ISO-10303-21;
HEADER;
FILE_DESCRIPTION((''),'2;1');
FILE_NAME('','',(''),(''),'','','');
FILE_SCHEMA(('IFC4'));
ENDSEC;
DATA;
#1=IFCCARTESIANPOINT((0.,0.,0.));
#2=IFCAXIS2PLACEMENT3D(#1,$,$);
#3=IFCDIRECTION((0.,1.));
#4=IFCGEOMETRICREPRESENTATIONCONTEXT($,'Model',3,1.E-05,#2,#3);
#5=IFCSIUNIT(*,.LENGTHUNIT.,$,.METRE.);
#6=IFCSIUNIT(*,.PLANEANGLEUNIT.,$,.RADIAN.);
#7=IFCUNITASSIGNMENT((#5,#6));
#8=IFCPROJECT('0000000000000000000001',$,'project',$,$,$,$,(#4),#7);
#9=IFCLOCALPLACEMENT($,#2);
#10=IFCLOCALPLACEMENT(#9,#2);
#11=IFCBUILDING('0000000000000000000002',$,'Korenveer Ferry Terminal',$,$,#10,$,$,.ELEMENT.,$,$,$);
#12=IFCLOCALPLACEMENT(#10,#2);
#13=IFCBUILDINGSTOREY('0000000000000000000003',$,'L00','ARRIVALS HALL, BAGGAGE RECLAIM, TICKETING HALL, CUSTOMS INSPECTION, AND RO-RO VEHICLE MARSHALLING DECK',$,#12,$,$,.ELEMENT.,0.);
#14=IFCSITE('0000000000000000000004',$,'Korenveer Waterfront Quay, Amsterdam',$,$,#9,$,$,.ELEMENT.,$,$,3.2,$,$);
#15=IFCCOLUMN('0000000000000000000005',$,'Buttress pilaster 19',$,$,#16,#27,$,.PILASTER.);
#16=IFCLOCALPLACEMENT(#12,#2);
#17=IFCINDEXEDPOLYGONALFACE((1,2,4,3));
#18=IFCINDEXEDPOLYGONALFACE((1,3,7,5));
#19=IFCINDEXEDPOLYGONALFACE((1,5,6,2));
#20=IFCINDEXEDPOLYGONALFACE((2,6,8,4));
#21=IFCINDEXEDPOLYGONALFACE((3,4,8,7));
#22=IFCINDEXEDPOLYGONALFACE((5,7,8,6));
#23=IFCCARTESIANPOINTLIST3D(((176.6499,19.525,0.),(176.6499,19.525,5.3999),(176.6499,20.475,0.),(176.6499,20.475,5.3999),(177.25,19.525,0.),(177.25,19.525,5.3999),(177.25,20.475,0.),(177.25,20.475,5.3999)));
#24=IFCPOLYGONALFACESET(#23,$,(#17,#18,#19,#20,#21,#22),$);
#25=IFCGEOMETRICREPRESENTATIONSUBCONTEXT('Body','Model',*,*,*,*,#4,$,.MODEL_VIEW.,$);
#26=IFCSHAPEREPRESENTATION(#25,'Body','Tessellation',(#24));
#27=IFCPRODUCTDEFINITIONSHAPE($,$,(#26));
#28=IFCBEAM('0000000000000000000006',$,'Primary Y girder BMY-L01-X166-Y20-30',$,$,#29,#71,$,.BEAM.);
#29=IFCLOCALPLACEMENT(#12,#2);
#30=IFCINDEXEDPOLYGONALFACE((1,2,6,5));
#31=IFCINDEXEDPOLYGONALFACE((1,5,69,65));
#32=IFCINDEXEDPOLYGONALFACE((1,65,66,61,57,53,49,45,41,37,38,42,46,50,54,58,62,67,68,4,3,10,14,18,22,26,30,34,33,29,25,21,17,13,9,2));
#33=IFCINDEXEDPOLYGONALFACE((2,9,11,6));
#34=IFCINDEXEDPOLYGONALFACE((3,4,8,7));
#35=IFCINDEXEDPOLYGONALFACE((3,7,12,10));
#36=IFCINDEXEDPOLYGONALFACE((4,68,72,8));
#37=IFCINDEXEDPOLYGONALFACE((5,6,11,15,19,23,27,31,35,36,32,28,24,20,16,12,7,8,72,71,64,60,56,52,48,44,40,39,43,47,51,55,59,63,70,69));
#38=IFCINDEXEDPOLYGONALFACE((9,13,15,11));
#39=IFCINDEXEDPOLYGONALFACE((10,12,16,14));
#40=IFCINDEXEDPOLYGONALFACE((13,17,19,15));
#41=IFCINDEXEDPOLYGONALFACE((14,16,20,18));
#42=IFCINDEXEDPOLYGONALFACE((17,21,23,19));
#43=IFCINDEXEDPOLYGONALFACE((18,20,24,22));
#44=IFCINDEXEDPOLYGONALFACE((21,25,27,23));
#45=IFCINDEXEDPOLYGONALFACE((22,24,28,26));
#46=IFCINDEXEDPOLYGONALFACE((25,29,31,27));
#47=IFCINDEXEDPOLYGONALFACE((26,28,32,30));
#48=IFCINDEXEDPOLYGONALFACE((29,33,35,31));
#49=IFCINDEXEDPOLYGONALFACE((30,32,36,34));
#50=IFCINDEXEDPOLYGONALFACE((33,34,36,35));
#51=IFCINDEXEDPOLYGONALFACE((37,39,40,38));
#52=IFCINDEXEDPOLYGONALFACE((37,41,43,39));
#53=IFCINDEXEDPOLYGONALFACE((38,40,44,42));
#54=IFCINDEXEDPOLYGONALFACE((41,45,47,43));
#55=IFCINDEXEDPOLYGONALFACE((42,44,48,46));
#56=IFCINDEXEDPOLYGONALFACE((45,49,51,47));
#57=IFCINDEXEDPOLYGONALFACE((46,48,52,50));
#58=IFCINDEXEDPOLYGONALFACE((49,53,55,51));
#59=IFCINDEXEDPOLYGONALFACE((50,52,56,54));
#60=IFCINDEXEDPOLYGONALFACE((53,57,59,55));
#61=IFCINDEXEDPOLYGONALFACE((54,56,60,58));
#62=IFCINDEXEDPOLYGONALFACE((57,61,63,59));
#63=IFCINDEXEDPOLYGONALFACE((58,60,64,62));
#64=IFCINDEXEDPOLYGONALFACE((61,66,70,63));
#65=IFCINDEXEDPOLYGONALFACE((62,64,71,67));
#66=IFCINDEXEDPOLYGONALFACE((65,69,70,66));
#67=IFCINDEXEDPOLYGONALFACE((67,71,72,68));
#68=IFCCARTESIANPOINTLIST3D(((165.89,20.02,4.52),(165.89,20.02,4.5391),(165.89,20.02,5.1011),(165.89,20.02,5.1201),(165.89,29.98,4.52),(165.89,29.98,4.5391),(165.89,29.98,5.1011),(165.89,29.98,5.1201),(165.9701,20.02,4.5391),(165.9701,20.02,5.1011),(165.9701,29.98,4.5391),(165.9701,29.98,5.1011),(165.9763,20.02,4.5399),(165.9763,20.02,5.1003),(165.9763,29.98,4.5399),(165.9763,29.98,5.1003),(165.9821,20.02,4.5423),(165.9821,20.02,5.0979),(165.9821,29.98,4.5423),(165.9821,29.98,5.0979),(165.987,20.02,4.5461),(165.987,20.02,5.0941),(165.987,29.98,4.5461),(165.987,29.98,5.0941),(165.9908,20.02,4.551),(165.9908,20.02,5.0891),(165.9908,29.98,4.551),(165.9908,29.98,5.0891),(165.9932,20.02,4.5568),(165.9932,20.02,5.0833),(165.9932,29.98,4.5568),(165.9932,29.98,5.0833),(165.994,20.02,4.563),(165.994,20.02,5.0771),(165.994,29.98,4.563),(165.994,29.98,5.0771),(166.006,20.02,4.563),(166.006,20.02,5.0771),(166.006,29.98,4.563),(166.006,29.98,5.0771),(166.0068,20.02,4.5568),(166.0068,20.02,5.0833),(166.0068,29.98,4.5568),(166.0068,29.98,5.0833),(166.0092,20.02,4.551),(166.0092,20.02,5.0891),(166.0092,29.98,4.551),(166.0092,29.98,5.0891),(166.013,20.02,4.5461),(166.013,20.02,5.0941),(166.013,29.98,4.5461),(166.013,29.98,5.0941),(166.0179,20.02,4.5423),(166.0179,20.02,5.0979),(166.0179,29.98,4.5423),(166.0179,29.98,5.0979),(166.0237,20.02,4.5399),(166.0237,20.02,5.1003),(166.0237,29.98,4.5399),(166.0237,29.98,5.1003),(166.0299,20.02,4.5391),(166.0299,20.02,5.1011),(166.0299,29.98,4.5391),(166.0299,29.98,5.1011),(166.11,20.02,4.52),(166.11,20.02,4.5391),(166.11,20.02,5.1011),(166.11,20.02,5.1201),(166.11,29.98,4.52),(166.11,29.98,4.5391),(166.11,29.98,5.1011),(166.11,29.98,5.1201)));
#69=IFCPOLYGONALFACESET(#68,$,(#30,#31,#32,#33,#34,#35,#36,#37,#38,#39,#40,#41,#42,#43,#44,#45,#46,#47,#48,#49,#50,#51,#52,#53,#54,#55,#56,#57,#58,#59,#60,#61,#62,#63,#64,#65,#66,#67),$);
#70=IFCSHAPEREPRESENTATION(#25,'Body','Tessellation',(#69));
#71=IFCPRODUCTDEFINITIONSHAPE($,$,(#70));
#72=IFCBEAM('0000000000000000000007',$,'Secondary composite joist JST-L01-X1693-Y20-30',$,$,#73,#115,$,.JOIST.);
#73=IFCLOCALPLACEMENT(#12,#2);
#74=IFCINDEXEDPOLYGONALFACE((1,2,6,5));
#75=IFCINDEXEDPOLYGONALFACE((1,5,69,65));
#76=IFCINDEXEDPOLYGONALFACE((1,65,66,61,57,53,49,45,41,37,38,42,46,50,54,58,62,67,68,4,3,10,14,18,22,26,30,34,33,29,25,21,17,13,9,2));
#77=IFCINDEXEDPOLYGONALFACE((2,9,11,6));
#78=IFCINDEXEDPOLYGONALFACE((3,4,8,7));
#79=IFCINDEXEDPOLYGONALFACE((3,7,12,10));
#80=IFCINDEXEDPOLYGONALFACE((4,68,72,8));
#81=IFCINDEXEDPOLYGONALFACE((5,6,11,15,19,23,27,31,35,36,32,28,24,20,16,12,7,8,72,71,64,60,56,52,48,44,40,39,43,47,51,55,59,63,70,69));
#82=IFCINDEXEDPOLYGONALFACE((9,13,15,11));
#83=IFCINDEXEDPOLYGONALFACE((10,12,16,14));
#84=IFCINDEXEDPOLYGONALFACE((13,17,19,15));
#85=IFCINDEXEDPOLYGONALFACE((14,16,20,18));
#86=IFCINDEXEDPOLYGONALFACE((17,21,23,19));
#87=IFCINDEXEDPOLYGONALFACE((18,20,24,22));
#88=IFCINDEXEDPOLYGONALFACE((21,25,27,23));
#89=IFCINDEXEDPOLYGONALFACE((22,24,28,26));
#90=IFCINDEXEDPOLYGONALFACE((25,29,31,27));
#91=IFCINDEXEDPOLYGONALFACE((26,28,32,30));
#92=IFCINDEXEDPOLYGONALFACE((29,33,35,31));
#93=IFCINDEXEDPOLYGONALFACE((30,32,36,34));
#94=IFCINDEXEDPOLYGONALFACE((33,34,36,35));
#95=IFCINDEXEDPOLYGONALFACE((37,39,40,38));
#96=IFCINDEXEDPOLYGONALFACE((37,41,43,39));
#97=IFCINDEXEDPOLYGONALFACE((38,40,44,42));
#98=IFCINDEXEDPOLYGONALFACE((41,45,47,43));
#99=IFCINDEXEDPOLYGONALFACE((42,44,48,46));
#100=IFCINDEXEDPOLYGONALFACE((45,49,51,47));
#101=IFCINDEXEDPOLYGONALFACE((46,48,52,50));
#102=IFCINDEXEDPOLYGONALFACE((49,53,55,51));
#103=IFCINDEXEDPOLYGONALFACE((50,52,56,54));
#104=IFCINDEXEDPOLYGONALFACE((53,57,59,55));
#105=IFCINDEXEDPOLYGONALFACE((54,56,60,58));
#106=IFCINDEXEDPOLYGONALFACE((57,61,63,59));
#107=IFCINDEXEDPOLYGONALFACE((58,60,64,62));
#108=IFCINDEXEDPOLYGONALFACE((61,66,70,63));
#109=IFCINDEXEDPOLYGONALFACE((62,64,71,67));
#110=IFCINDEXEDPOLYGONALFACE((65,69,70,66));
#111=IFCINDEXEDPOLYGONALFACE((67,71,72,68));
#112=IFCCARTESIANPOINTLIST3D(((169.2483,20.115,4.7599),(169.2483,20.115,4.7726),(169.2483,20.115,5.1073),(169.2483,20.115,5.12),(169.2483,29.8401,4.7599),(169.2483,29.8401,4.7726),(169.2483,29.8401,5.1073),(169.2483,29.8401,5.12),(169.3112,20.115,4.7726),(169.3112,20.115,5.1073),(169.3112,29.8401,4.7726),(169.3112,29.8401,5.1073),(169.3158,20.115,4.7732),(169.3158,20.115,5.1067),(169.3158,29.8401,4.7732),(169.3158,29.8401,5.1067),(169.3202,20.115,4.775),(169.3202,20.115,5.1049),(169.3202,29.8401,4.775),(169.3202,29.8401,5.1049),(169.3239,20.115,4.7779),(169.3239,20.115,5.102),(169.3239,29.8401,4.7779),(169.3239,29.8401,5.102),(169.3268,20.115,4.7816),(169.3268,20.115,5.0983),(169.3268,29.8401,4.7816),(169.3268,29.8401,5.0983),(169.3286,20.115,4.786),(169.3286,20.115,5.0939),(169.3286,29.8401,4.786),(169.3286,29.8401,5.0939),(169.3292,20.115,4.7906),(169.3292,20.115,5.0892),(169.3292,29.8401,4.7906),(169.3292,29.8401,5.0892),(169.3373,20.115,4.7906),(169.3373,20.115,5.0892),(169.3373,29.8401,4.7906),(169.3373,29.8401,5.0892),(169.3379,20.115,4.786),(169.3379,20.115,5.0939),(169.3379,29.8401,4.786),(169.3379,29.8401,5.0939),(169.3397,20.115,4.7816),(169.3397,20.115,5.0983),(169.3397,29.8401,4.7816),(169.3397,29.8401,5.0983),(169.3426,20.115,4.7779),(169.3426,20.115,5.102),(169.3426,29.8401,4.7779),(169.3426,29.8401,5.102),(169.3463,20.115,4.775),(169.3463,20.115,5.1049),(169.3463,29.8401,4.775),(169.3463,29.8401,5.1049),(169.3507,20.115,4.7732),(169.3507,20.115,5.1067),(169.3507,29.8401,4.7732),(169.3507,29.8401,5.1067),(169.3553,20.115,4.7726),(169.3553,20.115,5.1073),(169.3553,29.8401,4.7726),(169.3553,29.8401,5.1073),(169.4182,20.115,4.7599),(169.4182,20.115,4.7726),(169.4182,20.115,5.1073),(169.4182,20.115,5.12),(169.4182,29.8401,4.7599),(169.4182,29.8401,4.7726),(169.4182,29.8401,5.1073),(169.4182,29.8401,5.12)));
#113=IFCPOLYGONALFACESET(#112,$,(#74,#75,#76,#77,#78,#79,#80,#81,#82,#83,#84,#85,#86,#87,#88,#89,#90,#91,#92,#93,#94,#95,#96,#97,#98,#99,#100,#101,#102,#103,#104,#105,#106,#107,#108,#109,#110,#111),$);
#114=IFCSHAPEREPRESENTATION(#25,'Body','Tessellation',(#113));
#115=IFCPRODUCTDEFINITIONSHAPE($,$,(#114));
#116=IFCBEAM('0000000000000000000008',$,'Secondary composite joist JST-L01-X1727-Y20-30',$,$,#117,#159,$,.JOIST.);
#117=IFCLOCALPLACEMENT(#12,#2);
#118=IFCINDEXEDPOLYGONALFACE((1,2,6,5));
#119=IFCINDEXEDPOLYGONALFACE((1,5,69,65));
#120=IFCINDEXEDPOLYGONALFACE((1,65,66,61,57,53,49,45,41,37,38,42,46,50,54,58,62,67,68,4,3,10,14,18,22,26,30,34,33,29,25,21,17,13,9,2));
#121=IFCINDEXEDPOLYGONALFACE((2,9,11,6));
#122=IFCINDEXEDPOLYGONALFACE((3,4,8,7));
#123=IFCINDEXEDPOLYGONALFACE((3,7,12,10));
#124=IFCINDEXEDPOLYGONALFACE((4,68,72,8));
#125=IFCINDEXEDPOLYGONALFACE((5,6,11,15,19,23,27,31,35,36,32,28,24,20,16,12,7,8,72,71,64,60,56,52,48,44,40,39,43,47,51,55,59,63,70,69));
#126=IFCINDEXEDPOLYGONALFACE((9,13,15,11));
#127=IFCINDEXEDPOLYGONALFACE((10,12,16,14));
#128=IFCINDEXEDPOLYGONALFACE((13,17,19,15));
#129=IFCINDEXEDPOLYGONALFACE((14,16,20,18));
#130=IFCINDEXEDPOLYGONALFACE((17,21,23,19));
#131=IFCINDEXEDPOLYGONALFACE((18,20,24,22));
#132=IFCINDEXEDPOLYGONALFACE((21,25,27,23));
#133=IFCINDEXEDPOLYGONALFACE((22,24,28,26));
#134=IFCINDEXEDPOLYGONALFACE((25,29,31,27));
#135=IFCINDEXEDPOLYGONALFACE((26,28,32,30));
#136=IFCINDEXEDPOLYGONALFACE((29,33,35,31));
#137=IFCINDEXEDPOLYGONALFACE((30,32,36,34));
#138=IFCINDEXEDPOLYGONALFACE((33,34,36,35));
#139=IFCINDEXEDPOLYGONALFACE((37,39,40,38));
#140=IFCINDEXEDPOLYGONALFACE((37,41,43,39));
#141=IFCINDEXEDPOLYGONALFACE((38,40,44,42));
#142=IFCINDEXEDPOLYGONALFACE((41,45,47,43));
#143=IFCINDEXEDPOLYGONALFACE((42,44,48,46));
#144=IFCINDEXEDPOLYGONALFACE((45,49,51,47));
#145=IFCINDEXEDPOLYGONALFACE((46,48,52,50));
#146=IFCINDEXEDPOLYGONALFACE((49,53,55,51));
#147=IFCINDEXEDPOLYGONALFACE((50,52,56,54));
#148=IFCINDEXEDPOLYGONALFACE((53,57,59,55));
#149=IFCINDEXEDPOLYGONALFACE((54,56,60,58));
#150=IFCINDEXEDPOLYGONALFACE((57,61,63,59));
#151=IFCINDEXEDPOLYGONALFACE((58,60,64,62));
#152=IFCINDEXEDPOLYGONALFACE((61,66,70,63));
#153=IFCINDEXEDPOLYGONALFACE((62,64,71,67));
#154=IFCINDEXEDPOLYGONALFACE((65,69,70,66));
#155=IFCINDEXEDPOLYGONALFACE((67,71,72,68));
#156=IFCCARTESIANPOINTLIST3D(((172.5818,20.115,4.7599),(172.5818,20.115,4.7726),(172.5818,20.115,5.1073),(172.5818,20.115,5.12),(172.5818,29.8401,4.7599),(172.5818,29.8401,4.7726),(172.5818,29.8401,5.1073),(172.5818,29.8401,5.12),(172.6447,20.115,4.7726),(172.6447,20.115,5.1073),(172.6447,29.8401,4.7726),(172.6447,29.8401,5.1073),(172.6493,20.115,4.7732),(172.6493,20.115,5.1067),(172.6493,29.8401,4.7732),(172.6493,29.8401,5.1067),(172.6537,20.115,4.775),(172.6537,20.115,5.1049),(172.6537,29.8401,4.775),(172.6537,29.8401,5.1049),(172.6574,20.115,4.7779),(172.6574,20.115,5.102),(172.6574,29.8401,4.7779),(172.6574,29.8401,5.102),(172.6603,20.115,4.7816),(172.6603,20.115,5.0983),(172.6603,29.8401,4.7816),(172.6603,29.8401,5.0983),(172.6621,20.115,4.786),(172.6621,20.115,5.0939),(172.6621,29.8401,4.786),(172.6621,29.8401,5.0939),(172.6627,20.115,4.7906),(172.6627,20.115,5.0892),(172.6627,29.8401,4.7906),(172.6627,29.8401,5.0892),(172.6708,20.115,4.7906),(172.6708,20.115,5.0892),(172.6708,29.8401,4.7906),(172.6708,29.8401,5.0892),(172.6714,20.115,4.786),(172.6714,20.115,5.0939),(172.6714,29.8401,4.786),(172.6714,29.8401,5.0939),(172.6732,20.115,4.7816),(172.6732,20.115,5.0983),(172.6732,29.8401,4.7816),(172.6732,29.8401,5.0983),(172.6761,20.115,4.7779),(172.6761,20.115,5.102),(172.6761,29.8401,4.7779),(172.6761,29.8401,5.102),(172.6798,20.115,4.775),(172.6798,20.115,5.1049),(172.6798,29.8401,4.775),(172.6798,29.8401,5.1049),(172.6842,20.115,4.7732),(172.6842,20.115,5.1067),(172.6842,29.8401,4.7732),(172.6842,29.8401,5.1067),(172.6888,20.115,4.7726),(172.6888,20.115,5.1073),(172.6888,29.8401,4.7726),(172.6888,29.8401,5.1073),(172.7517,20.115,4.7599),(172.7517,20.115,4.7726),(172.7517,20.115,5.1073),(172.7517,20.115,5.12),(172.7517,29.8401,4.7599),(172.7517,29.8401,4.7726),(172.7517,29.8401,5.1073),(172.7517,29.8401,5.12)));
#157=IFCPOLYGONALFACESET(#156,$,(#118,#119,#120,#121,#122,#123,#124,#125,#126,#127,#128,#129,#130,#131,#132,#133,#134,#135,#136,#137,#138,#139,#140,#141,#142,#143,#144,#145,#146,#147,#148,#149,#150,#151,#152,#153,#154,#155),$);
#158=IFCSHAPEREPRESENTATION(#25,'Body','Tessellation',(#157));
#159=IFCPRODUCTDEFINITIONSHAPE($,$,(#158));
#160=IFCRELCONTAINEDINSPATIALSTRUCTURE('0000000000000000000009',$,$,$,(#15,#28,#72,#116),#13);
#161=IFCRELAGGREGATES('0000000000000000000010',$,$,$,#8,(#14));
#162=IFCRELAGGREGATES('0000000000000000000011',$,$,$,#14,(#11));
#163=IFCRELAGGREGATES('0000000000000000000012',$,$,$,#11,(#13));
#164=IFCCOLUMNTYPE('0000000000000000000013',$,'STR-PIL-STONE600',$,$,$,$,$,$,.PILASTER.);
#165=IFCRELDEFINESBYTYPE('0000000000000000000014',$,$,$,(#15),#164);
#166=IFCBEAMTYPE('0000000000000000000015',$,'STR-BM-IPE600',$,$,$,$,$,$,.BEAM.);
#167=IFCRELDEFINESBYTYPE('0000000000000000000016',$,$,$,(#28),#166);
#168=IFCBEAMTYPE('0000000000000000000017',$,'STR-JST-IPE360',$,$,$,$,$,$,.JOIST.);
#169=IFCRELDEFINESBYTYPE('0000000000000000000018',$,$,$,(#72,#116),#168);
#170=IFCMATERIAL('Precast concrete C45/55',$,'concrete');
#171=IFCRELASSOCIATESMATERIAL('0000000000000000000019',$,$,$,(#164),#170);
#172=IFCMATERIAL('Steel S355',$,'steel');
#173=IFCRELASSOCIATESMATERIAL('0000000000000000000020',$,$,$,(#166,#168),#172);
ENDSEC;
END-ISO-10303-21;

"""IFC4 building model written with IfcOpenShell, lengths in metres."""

from ifc_helpers import new_model, si_unit, direction, frame, origin, origin_2d, place, context, subcontext, project, spatial, rectangle, i_section, extrude, material, material_profile, profile_set, type_object, element, save


model = new_model("IFC4")

# Units and contexts
model_context = context("Model", 3, precision=1e-05, world=origin(), true_north=direction((0.0, 1.0)))
body_context = subcontext(model_context, "Body", "Model", "MODEL_VIEW")
ifc_project = project(units=[si_unit("LENGTHUNIT", "METRE"), si_unit("PLANEANGLEUNIT", "RADIAN")], contexts=[model_context])

# Site, building, storey
site_placement = place(None, origin())
site = spatial("IfcSite", under=ifc_project, at=site_placement, Name="Korenveer Waterfront Quay, Amsterdam", CompositionType="ELEMENT", RefElevation=3.2)
building_placement = place(site_placement, origin())
building = spatial("IfcBuilding", under=site, at=building_placement, Name="Korenveer Ferry Terminal", CompositionType="ELEMENT")
storey_placement = place(building_placement, origin())
storey = spatial("IfcBuildingStorey", under=building, at=storey_placement, Name="L00", Description="ARRIVALS HALL, BAGGAGE RECLAIM, TICKETING HALL, CUSTOMS INSPECTION, AND RO-RO VEHICLE MARSHALLING DECK", CompositionType="ELEMENT", Elevation=0.0)

# Column
ifc_material_1 = material(Name="Precast concrete C45/55", Category="concrete")
ifc_material_profile_1 = material_profile(ifc_material_1, rectangle(XDim=0.6001, YDim=0.95, at=origin_2d()), Name="RC 600x950")
ifc_profile_set_1 = profile_set([ifc_material_profile_1], Name="Precast concrete C45/55")
column_type_1 = type_object("IfcColumnType", Name="STR-PIL-STONE600", PredefinedType="PILASTER", material=ifc_profile_set_1)
column_1_placement = place(storey_placement, frame((176.95, 20.0, 0.0), z_axis=(0.0, 0.0, 1.0), x_axis=(1.0, 0.0, 0.0)))
element("IfcColumn", 1, at=column_1_placement, inside=storey, type_object=column_type_1, Name="Buttress pilaster 19", PredefinedType="PILASTER", context=body_context, shape_type="SweptSolid", body=[
    extrude(rectangle(XDim=0.6001, YDim=0.95, at=origin_2d()), origin(), (0.0, 0.0, 1.0), 5.3999),
])

# Beams
ifc_material_2 = material(Name="Steel S355", Category="steel")
ifc_material_profile_2 = material_profile(ifc_material_2, i_section(OverallWidth=0.22, OverallDepth=0.6001, WebThickness=0.012, FlangeThickness=0.019, FilletRadius=0.0239, at=origin_2d()), Name="IPE 600")
ifc_profile_set_2 = profile_set([ifc_material_profile_2], Name="Steel S355")
beam_type_1 = type_object("IfcBeamType", Name="STR-BM-IPE600", PredefinedType="BEAM", material=ifc_profile_set_2)
beam_1_placement = place(storey_placement, frame((166.0, 20.02, 4.8201), z_axis=(0.0, 1.0, 0.0), x_axis=(-1.0, 0.0, 0.0)))
element("IfcBeam", 2, at=beam_1_placement, inside=storey, type_object=beam_type_1, Name="Primary Y girder BMY-L01-X166-Y20-30", PredefinedType="BEAM", context=body_context, shape_type="SweptSolid", body=[
    extrude(i_section(OverallWidth=0.22, OverallDepth=0.6001, WebThickness=0.012, FlangeThickness=0.019, FilletRadius=0.0239, at=origin_2d()), origin(), (0.0, 0.0, 1.0), 9.96),
])
ifc_material_profile_3 = material_profile(ifc_material_2, i_section(OverallWidth=0.1699, OverallDepth=0.3601, WebThickness=0.0081, FlangeThickness=0.0127, FilletRadius=0.0181, at=origin_2d()), Name="IPE 360")
ifc_profile_set_3 = profile_set([ifc_material_profile_3], Name="Steel S355")
beam_type_2 = type_object("IfcBeamType", Name="STR-JST-IPE360", PredefinedType="JOIST", material=ifc_profile_set_3)
for number, where, z_axis, x_axis, name in (
    (3, (169.3333, 20.115, 4.9399), (0.0, 1.0, 0.0), (-1.0, 0.0, 0.0), "Secondary composite joist JST-L01-X1693-Y20-30"),
    (4, (172.6667, 20.115, 4.9399), (0.0, 1.0, 0.0), (-1.0, 0.0, 0.0), "Secondary composite joist JST-L01-X1727-Y20-30"),
):
    element("IfcBeam", number, at=place(storey_placement, frame(where, z_axis=z_axis, x_axis=x_axis)), inside=storey, type_object=beam_type_2, Name=name, PredefinedType="JOIST", context=body_context, shape_type="SweptSolid", body=[
        extrude(i_section(OverallWidth=0.1699, OverallDepth=0.3601, WebThickness=0.0081, FlangeThickness=0.0127, FilletRadius=0.0181, at=origin_2d()), origin(), (0.0, 0.0, 1.0), 9.7251),
    ])

save(model, "model.ifc")
